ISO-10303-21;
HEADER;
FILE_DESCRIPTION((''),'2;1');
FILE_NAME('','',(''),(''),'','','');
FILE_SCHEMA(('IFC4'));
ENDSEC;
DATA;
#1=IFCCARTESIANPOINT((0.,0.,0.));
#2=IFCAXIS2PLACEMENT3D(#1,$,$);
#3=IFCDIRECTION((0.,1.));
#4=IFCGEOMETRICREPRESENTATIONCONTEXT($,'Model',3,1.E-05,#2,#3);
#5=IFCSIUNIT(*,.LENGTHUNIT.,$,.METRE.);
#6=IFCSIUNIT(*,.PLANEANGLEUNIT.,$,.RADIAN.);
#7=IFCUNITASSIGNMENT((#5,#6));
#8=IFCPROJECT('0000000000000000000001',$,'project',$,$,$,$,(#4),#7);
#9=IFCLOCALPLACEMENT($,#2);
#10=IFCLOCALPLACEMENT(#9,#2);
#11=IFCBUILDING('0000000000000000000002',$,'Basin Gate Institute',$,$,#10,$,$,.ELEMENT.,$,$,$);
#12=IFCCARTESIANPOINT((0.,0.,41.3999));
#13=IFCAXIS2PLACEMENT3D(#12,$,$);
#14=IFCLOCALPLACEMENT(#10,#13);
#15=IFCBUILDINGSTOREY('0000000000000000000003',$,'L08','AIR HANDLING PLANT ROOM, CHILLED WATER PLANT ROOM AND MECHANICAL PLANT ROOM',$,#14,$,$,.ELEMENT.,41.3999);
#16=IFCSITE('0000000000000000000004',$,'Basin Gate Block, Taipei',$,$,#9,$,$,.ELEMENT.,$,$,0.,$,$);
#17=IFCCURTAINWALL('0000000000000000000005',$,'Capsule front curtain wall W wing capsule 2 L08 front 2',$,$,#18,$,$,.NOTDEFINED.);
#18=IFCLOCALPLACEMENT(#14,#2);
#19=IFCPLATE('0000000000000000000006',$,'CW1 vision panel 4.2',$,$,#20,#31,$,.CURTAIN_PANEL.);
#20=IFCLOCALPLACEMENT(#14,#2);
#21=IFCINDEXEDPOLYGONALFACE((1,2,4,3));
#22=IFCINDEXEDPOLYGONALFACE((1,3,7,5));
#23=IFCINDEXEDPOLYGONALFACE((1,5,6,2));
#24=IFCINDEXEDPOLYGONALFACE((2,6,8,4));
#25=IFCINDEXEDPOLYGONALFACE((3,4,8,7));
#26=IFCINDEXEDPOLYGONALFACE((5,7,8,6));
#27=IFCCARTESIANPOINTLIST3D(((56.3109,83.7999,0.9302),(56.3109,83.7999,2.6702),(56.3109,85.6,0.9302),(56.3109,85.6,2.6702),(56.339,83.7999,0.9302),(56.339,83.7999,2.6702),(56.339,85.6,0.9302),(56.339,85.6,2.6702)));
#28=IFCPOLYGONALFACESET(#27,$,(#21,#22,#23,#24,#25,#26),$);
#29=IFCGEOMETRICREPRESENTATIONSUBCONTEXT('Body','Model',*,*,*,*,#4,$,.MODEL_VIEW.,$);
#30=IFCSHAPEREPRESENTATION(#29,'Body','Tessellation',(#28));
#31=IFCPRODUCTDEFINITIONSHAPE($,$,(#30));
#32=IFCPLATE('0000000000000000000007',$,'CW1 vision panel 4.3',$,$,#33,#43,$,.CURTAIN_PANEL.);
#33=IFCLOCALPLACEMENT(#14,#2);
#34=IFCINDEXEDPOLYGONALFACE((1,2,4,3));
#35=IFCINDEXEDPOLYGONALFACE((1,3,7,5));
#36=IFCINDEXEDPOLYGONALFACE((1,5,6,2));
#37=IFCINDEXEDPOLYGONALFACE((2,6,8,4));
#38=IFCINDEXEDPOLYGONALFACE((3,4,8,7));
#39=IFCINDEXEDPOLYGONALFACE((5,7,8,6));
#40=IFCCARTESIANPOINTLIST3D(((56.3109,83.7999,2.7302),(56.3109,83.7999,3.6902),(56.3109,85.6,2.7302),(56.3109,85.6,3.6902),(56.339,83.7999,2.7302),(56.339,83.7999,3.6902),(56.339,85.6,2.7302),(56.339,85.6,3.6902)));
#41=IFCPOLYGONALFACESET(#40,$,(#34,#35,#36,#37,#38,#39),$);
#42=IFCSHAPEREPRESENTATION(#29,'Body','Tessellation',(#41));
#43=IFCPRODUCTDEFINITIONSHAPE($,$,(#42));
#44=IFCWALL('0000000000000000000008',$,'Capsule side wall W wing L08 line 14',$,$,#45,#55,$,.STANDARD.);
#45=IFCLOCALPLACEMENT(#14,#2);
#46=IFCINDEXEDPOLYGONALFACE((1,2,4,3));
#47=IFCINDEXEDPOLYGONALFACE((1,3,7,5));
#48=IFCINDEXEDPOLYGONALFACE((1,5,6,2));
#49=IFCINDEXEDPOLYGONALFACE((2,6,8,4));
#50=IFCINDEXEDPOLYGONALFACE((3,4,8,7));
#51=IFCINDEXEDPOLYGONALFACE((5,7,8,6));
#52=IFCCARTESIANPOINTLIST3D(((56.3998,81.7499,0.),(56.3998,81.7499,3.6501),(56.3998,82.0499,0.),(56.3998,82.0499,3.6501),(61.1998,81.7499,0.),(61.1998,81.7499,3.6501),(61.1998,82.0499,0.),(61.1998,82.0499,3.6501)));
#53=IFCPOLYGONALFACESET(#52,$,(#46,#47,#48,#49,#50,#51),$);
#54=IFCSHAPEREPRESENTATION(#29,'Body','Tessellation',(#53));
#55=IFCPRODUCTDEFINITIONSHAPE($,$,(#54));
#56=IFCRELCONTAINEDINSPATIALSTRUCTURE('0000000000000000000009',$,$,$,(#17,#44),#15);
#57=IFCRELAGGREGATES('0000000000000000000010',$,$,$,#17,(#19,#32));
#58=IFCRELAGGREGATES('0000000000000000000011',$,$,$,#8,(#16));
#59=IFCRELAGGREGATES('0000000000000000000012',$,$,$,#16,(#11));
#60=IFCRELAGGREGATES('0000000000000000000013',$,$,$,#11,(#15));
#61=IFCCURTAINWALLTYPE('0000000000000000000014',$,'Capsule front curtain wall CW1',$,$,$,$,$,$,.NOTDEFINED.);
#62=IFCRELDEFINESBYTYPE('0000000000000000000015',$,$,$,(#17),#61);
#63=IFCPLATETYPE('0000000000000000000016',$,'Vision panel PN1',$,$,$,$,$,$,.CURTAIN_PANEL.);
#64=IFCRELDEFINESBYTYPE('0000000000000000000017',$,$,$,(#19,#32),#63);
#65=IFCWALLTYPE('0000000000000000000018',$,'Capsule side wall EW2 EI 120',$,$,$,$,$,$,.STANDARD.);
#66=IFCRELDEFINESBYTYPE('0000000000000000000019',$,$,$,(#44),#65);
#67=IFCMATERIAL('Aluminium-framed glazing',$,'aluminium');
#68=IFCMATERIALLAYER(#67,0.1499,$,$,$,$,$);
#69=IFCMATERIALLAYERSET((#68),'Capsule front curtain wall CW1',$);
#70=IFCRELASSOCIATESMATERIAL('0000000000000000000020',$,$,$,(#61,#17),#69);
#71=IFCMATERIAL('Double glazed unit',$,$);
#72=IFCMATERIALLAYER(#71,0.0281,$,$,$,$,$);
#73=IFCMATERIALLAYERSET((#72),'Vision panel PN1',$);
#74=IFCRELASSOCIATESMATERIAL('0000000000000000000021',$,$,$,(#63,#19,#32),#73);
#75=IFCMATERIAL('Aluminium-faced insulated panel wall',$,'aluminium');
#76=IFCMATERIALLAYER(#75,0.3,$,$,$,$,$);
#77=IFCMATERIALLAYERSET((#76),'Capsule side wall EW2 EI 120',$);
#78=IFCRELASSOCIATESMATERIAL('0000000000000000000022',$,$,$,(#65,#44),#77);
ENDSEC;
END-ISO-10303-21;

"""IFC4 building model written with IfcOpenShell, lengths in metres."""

from ifc_helpers import new_model, si_unit, direction, frame, frame_2d, origin, origin_2d, place, context, subcontext, project, spatial, rectangle, extrude, material, layer, layer_set, type_object, element, aggregate, save


model = new_model("IFC4")

# Units and contexts
model_context = context("Model", 3, precision=1e-05, world=origin(), true_north=direction((0.0, 1.0)))
body_context = subcontext(model_context, "Body", "Model", "MODEL_VIEW")
ifc_project = project(units=[si_unit("LENGTHUNIT", "METRE"), si_unit("PLANEANGLEUNIT", "RADIAN")], contexts=[model_context])

# Site, building, storey
site_placement = place(None, origin())
site = spatial("IfcSite", under=ifc_project, at=site_placement, Name="Basin Gate Block, Taipei", CompositionType="ELEMENT", RefElevation=0.0)
building_placement = place(site_placement, origin())
building = spatial("IfcBuilding", under=site, at=building_placement, Name="Basin Gate Institute", CompositionType="ELEMENT")
storey_placement = place(building_placement, frame((0.0, 0.0, 41.3999)))
storey = spatial("IfcBuildingStorey", under=building, at=storey_placement, Name="L08", Description="AIR HANDLING PLANT ROOM, CHILLED WATER PLANT ROOM AND MECHANICAL PLANT ROOM", CompositionType="ELEMENT", Elevation=41.3999)

# Curtain wall
ifc_material_1 = material(Name="Aluminium-framed glazing", Category="aluminium")
ifc_layer_1 = layer(ifc_material_1, 0.1499)
ifc_layer_set_1 = layer_set([ifc_layer_1], Name="Capsule front curtain wall CW1")
curtain_wall_type = type_object("IfcCurtainWallType", Name="Capsule front curtain wall CW1", PredefinedType="NOTDEFINED", material=ifc_layer_set_1)
curtain_wall_placement = place(storey_placement, origin())
curtain_wall = element("IfcCurtainWall", 1, at=curtain_wall_placement, inside=storey, type_object=curtain_wall_type, material=ifc_layer_set_1, Name="Capsule front curtain wall W wing capsule 2 L08 front 2", PredefinedType="NOTDEFINED")

# Plates
ifc_material_2 = material(Name="Double glazed unit")
ifc_layer_2 = layer(ifc_material_2, 0.0281)
ifc_layer_set_2 = layer_set([ifc_layer_2], Name="Vision panel PN1")
plate_type_1 = type_object("IfcPlateType", Name="Vision panel PN1", PredefinedType="CURTAIN_PANEL", material=ifc_layer_set_2)
plate_1_placement = place(storey_placement, frame((56.325, 84.7, 0.9302), z_axis=(0.0, 0.0, 1.0), x_axis=(0.0, 1.0, 0.0)))
plate_1 = element("IfcPlate", 2, at=plate_1_placement, type_object=plate_type_1, material=ifc_layer_set_2, Name="CW1 vision panel 4.2", PredefinedType="CURTAIN_PANEL", context=body_context, shape_type="SweptSolid", body=[
    extrude(rectangle(XDim=1.8, YDim=0.0281, at=origin_2d()), origin(), (0.0, 0.0, 1.0), 1.74),
])
plate_2_placement = place(storey_placement, frame((56.325, 84.7, 2.7302), z_axis=(0.0, 0.0, 1.0), x_axis=(0.0, 1.0, 0.0)))
plate_2 = element("IfcPlate", 3, at=plate_2_placement, type_object=plate_type_1, material=ifc_layer_set_2, Name="CW1 vision panel 4.3", PredefinedType="CURTAIN_PANEL", context=body_context, shape_type="SweptSolid", body=[
    extrude(rectangle(XDim=1.8, YDim=0.0281, at=origin_2d()), origin(), (0.0, 0.0, 1.0), 0.96),
])
aggregate(curtain_wall, [plate_1, plate_2])

# Wall
ifc_material_3 = material(Name="Aluminium-faced insulated panel wall", Category="aluminium")
ifc_layer_3 = layer(ifc_material_3, 0.3)
ifc_layer_set_3 = layer_set([ifc_layer_3], Name="Capsule side wall EW2 EI 120")
wall_type = type_object("IfcWallType", Name="Capsule side wall EW2 EI 120", PredefinedType="STANDARD", material=ifc_layer_set_3)
wall_placement = place(storey_placement, frame((56.3999, 81.8999, 0.0), z_axis=(0.0, 0.0, 1.0), x_axis=(1.0, 0.0, 0.0)))
element("IfcWall", 4, at=wall_placement, inside=storey, type_object=wall_type, material=ifc_layer_set_3, Name="Capsule side wall W wing L08 line 14", PredefinedType="STANDARD", context=body_context, shape_type="SweptSolid", body=[
    extrude(rectangle(XDim=4.8, YDim=0.3, at=frame_2d((2.3999, 0.0))), origin(), (0.0, 0.0, 1.0), 3.6501),
])

save(model, "model.ifc")
